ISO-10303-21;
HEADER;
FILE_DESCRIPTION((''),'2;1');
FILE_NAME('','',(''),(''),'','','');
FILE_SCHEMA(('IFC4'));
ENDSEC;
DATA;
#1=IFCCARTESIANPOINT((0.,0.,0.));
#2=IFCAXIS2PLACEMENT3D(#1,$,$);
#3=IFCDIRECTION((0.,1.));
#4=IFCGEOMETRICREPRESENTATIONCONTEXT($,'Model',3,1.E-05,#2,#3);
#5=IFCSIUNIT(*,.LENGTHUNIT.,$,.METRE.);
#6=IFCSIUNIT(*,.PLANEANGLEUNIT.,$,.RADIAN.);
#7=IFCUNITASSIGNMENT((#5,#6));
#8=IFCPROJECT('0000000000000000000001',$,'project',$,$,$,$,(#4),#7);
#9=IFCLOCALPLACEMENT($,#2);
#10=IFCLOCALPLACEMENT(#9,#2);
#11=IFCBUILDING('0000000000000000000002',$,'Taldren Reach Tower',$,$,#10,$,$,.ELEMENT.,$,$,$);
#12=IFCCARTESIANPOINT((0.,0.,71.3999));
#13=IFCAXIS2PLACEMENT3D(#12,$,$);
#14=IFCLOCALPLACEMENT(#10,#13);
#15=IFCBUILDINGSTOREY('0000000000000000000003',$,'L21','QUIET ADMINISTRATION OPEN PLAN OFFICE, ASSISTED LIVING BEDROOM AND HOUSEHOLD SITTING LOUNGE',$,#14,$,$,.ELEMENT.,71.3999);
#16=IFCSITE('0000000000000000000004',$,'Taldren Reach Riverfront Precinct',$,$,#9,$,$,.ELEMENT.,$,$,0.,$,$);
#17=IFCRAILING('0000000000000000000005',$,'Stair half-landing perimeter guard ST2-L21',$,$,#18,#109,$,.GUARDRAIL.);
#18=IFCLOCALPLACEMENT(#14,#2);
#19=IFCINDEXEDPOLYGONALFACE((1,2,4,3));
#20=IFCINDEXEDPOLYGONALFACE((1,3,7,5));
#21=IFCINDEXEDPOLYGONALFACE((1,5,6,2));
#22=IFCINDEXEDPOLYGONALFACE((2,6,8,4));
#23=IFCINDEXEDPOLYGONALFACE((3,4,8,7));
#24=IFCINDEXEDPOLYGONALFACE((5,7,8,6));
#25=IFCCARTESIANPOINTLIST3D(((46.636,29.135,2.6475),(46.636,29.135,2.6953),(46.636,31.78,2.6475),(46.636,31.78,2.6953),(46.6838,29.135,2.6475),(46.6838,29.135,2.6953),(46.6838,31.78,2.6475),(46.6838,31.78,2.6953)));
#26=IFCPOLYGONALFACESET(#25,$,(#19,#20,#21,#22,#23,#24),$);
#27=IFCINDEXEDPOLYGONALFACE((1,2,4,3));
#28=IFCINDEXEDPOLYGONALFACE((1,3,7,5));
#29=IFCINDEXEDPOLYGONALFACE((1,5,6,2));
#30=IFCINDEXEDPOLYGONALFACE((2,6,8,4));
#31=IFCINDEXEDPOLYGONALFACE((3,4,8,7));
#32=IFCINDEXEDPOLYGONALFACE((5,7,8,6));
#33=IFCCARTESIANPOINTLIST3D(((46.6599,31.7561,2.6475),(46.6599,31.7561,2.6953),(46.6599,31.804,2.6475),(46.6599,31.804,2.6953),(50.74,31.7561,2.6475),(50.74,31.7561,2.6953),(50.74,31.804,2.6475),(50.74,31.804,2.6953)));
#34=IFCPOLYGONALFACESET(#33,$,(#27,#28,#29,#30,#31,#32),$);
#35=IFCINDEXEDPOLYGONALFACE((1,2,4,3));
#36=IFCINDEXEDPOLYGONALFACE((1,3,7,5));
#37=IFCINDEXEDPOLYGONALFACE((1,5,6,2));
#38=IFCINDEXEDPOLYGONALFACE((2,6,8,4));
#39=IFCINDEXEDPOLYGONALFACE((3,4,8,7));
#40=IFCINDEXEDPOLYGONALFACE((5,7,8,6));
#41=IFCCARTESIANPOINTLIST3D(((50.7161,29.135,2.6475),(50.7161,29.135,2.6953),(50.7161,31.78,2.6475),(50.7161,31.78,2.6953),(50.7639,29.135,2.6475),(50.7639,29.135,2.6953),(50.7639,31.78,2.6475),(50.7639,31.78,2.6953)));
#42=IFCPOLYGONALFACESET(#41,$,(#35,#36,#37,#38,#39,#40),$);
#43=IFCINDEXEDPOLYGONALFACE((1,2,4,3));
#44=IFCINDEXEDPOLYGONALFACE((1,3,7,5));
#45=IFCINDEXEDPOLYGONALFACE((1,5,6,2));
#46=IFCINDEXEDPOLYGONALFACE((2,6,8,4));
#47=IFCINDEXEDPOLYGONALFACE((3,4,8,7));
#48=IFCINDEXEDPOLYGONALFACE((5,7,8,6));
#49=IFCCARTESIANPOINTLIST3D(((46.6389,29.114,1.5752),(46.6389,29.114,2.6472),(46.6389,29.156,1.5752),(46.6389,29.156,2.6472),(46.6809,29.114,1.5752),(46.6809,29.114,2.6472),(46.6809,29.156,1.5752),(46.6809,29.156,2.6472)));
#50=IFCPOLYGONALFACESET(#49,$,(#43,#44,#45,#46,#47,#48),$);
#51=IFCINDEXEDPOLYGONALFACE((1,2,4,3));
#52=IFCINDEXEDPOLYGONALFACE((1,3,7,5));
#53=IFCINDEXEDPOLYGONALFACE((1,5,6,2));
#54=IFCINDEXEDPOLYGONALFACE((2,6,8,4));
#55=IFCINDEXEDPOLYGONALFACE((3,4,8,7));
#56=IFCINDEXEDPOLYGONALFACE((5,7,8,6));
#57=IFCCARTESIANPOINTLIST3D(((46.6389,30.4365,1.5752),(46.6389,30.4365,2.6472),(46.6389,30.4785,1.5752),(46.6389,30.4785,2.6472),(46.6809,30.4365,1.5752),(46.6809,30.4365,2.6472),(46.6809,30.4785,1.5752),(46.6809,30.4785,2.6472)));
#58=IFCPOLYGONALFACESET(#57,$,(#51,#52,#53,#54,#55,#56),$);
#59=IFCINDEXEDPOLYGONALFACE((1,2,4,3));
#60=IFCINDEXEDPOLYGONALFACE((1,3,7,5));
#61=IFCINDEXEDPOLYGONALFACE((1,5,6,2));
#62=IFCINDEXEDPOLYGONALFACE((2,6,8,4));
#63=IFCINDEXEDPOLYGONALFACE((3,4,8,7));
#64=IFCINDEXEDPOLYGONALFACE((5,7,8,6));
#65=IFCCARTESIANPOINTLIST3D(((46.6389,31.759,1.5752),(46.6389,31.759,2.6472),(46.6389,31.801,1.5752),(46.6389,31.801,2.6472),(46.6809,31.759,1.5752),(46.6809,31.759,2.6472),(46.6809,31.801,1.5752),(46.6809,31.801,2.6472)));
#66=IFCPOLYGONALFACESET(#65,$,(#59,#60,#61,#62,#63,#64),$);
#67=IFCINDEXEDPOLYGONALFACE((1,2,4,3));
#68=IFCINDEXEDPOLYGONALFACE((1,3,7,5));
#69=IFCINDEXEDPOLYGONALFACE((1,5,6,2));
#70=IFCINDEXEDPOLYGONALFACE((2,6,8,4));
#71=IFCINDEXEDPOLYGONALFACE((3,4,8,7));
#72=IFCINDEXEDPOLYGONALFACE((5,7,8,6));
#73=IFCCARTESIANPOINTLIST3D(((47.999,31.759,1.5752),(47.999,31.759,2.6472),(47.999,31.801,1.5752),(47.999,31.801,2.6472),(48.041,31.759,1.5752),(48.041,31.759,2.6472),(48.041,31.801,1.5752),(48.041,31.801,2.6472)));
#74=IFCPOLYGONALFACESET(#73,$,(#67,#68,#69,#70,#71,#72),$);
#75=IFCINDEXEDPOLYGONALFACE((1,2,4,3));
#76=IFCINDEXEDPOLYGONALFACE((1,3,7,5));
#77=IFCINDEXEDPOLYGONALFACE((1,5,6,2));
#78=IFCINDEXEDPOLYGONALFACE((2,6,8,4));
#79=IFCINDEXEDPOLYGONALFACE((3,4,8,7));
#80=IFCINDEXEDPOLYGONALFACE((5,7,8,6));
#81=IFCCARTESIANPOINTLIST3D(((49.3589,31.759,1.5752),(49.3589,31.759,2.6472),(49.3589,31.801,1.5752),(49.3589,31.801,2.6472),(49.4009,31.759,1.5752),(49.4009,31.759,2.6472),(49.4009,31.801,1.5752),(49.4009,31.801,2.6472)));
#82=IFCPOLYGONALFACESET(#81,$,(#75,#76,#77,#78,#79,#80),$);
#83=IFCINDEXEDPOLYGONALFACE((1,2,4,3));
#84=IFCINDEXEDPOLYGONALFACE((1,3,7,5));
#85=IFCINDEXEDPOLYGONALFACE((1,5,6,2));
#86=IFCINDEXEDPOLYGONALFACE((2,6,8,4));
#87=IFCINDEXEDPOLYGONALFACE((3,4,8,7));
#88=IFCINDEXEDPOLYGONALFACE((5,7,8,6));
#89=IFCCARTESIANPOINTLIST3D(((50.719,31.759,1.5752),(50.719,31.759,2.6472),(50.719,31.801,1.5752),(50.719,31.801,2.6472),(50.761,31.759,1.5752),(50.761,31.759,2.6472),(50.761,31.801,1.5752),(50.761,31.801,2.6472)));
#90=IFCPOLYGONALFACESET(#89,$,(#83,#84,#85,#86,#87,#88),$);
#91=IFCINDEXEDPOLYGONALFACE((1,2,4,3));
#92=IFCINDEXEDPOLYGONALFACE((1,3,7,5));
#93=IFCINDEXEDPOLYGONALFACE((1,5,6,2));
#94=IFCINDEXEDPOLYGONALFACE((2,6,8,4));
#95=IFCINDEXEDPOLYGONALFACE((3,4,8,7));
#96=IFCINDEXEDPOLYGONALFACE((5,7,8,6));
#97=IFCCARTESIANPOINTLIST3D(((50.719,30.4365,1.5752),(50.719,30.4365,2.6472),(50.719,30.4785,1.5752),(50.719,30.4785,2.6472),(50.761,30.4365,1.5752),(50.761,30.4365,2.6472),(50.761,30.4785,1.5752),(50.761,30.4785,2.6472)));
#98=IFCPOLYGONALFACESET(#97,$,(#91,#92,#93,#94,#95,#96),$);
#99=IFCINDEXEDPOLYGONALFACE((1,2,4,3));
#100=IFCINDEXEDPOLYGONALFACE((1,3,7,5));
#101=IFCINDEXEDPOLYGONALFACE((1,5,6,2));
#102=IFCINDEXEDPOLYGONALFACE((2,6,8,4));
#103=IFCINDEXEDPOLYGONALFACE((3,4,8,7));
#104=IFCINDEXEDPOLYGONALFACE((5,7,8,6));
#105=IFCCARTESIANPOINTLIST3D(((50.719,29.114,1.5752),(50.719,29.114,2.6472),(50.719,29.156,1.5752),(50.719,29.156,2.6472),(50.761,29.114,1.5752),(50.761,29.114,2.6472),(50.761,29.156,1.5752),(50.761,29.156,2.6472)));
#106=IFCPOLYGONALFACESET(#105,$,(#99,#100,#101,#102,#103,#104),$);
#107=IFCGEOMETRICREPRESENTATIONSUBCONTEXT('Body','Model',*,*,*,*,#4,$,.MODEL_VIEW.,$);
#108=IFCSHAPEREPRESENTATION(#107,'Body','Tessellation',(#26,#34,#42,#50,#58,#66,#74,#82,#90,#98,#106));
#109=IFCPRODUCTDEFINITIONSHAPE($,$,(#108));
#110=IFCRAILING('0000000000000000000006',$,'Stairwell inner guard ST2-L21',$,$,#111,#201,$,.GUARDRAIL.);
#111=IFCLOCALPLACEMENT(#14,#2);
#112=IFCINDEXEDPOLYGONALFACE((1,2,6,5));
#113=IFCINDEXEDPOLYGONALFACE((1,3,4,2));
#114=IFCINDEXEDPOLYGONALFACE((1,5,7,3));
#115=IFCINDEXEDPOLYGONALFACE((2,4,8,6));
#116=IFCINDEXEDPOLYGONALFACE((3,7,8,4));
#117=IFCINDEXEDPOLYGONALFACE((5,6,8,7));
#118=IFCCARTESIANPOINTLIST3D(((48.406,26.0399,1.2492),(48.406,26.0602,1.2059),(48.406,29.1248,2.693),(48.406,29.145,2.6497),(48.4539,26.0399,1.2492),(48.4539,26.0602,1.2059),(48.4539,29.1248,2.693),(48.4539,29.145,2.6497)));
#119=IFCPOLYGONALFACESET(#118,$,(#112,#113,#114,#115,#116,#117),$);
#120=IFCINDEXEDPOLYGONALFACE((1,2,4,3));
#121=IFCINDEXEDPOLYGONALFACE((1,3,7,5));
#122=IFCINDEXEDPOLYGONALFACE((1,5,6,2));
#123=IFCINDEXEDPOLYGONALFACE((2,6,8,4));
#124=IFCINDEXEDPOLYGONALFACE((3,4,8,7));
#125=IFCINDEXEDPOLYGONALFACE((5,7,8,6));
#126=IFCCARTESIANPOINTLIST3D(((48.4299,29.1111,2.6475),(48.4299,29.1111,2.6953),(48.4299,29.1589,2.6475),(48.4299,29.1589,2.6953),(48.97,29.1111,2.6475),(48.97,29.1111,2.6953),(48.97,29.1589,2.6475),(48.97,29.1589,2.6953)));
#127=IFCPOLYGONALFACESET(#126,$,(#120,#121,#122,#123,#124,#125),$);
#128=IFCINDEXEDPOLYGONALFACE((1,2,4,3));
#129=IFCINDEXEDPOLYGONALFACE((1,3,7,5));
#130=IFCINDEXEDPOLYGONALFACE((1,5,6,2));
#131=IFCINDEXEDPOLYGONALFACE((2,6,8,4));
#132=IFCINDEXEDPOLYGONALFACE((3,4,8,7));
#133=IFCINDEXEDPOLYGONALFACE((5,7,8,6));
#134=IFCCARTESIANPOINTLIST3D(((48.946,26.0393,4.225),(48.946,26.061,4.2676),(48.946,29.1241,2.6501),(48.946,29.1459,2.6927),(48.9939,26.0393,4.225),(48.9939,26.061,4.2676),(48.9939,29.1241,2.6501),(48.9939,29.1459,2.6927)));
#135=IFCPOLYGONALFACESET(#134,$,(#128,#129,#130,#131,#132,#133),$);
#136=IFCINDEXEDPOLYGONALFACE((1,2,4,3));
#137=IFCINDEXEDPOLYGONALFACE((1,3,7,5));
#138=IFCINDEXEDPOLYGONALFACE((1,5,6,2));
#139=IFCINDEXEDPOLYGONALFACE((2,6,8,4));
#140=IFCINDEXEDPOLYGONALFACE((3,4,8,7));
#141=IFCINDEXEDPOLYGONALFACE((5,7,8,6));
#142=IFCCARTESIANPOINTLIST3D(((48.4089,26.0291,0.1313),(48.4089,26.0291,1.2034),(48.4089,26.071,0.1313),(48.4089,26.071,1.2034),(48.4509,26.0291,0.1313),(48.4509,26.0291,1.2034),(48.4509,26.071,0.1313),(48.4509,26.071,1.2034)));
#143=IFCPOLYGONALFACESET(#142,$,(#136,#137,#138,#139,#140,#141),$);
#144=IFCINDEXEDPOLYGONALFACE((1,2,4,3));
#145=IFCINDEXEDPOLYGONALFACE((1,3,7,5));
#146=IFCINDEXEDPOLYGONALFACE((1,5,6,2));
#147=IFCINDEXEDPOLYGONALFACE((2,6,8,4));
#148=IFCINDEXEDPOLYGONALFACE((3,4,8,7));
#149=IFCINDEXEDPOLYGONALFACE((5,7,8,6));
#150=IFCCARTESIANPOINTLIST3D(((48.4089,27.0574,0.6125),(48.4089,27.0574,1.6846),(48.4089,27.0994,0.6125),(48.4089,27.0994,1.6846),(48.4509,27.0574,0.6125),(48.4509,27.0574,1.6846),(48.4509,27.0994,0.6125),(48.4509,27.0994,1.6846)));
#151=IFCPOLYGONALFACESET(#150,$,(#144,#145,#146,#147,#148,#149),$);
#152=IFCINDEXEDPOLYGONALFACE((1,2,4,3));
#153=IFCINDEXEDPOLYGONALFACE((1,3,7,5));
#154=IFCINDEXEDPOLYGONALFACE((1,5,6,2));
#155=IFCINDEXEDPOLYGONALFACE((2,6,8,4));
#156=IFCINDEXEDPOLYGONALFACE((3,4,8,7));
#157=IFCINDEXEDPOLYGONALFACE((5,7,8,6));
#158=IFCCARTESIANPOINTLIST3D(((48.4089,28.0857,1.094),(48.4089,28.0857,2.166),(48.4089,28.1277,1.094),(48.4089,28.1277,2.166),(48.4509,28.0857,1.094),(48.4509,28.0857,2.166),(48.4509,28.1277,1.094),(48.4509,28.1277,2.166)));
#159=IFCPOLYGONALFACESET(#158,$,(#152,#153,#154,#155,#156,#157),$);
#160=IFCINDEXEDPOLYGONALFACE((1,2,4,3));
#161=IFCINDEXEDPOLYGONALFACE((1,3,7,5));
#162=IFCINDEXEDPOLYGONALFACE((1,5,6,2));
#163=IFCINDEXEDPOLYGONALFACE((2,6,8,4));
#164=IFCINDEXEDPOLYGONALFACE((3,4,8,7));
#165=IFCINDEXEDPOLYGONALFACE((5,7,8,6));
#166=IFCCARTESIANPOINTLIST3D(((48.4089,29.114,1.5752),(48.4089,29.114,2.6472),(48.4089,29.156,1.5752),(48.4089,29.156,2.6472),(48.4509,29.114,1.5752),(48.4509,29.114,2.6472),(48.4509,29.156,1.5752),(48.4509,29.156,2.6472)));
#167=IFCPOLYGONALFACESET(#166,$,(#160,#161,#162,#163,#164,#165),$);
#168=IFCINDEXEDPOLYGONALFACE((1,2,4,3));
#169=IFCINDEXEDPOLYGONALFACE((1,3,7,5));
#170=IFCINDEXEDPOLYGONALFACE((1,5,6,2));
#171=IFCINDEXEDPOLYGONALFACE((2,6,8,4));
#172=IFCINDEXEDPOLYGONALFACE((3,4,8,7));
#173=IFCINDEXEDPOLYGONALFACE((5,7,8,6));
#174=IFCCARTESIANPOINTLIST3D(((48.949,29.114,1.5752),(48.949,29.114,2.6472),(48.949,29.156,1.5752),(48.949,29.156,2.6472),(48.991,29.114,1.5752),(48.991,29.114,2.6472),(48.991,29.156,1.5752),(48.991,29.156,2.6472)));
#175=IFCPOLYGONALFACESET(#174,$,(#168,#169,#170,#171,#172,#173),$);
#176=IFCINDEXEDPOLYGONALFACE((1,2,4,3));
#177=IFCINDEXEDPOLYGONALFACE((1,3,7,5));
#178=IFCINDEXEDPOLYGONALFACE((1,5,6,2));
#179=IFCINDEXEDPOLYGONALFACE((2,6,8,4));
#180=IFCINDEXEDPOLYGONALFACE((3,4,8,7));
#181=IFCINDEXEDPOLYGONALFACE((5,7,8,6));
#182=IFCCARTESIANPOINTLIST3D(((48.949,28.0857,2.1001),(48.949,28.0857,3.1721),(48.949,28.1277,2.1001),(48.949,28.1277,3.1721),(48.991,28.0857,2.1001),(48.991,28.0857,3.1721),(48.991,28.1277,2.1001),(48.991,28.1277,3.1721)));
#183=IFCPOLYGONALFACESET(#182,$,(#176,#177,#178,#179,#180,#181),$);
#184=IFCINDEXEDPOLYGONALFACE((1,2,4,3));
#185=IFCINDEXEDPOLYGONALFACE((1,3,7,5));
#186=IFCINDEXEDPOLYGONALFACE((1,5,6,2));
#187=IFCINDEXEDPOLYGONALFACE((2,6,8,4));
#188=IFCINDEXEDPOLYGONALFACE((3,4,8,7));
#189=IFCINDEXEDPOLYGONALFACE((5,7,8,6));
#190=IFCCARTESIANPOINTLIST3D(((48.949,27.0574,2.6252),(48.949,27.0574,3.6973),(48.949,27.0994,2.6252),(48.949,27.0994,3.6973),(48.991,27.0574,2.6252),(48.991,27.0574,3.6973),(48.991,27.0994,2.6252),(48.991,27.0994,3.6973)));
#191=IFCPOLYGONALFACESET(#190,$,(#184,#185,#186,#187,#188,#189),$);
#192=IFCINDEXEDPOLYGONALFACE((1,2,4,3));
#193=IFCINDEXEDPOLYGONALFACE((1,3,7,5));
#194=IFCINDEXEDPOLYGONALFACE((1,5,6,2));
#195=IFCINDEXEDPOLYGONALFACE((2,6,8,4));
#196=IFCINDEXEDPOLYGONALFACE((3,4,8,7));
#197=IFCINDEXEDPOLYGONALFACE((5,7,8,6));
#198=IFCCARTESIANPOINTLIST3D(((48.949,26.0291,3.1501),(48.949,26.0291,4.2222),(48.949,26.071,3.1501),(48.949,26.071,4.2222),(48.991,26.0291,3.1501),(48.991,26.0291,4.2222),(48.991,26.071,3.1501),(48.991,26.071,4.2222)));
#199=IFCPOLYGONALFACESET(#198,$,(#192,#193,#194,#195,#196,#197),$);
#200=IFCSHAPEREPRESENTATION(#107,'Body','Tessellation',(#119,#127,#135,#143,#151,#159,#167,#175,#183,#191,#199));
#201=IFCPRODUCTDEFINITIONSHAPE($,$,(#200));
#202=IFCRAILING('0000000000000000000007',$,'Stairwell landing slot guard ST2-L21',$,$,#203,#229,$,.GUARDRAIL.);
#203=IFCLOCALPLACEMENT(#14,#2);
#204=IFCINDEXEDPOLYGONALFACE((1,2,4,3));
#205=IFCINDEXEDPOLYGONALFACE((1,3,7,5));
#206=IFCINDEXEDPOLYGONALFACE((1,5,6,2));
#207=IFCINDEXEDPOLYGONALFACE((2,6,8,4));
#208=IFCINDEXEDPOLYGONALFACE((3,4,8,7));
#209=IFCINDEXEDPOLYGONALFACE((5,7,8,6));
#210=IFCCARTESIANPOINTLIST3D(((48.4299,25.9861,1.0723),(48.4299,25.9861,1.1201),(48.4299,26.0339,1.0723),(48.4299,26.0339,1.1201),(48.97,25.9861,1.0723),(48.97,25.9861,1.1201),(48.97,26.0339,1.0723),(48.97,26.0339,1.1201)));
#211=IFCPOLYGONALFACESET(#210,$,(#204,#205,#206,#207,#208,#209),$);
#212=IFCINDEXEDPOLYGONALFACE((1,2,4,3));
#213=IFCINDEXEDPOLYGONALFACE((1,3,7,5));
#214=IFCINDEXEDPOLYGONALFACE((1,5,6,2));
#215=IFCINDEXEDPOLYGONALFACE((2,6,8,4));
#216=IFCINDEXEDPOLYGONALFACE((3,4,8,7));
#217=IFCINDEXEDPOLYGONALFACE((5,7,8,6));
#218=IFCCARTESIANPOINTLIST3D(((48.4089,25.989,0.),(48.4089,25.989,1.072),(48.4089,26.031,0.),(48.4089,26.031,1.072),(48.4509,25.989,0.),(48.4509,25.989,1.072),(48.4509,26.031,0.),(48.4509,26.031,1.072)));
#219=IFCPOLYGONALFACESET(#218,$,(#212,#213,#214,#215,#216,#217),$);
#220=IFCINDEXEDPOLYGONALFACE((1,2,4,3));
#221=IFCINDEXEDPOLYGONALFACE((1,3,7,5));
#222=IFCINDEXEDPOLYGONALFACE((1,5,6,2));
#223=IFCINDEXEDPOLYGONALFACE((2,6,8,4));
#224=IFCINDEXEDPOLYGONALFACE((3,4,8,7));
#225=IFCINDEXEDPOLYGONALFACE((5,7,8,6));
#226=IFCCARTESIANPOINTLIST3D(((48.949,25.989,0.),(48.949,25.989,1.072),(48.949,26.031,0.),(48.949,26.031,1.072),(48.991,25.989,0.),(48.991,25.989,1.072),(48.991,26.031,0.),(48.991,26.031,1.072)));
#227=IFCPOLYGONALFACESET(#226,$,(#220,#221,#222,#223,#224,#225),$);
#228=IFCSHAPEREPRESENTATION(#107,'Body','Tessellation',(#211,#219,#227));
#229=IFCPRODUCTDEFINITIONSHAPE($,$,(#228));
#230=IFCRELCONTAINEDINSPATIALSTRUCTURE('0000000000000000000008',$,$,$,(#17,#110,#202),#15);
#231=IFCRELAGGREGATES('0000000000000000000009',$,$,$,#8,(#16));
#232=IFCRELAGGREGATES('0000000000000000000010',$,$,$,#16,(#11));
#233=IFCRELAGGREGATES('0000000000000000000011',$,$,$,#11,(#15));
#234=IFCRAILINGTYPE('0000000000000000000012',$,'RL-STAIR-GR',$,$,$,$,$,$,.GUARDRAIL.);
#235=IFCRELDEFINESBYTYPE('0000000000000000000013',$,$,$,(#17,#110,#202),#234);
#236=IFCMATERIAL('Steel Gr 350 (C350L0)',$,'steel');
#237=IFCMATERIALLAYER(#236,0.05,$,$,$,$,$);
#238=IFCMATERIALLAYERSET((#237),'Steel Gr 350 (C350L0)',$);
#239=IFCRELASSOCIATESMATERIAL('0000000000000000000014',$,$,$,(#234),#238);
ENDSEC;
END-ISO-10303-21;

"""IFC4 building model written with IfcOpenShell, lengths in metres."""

from ifc_helpers import new_model, si_unit, direction, frame, origin, origin_2d, place, context, subcontext, project, spatial, rectangle, extrude, material, layer, layer_set, type_object, element, save


model = new_model("IFC4")

# Units and contexts
model_context = context("Model", 3, precision=1e-05, world=origin(), true_north=direction((0.0, 1.0)))
body_context = subcontext(model_context, "Body", "Model", "MODEL_VIEW")
ifc_project = project(units=[si_unit("LENGTHUNIT", "METRE"), si_unit("PLANEANGLEUNIT", "RADIAN")], contexts=[model_context])

# Site, building, storey
site_placement = place(None, origin())
site = spatial("IfcSite", under=ifc_project, at=site_placement, Name="Taldren Reach Riverfront Precinct", CompositionType="ELEMENT", RefElevation=0.0)
building_placement = place(site_placement, origin())
building = spatial("IfcBuilding", under=site, at=building_placement, Name="Taldren Reach Tower", CompositionType="ELEMENT")
storey_placement = place(building_placement, frame((0.0, 0.0, 71.3999)))
storey = spatial("IfcBuildingStorey", under=building, at=storey_placement, Name="L21", Description="QUIET ADMINISTRATION OPEN PLAN OFFICE, ASSISTED LIVING BEDROOM AND HOUSEHOLD SITTING LOUNGE", CompositionType="ELEMENT", Elevation=71.3999)

# Shared definitions
ifc_material_1 = material(Name="Steel Gr 350 (C350L0)", Category="steel")

# Railings
ifc_layer_1 = layer(ifc_material_1, 0.05)
ifc_layer_set_1 = layer_set([ifc_layer_1], Name="Steel Gr 350 (C350L0)")
railing_type_1 = type_object("IfcRailingType", Name="RL-STAIR-GR", PredefinedType="GUARDRAIL", material=ifc_layer_set_1)
railing_1_placement = place(storey_placement, frame((46.6599, 29.135, 1.5752)))
element("IfcRailing", 1, at=railing_1_placement, inside=storey, type_object=railing_type_1, Name="Stair half-landing perimeter guard ST2-L21", PredefinedType="GUARDRAIL", context=body_context, shape_type="SweptSolid", body=[
    extrude(rectangle(XDim=0.0479, YDim=0.0479, at=origin_2d()), frame((0.0, 0.0, 1.0962), z_axis=(0.0, 1.0, 0.0), x_axis=(-1.0, 0.0, 0.0)), (0.0, 0.0, 1.0), 2.645),
    extrude(rectangle(XDim=0.0479, YDim=0.0479, at=origin_2d()), frame((0.0, 2.645, 1.0962), z_axis=(1.0, 0.0, 0.0), x_axis=(0.0, 1.0, 0.0)), (0.0, 0.0, 1.0), 4.0801),
    extrude(rectangle(XDim=0.0479, YDim=0.0479, at=origin_2d()), frame((4.0801, 2.645, 1.0962), z_axis=(0.0, -1.0, 0.0), x_axis=(1.0, 0.0, 0.0)), (0.0, 0.0, 1.0), 2.645),
    extrude(rectangle(XDim=0.042, YDim=0.042, at=origin_2d()), origin(), (0.0, 0.0, 1.0), 1.072),
    extrude(rectangle(XDim=0.042, YDim=0.042, at=origin_2d()), frame((0.0, 1.3225, 0.0)), (0.0, 0.0, 1.0), 1.072),
    extrude(rectangle(XDim=0.042, YDim=0.042, at=origin_2d()), frame((0.0, 2.645, 0.0)), (0.0, 0.0, 1.0), 1.072),
    extrude(rectangle(XDim=0.042, YDim=0.042, at=origin_2d()), frame((1.3601, 2.645, 0.0)), (0.0, 0.0, 1.0), 1.072),
    extrude(rectangle(XDim=0.042, YDim=0.042, at=origin_2d()), frame((2.72, 2.645, 0.0)), (0.0, 0.0, 1.0), 1.072),
    extrude(rectangle(XDim=0.042, YDim=0.042, at=origin_2d()), frame((4.0801, 2.645, 0.0)), (0.0, 0.0, 1.0), 1.072),
    extrude(rectangle(XDim=0.042, YDim=0.042, at=origin_2d()), frame((4.0801, 1.3225, 0.0)), (0.0, 0.0, 1.0), 1.072),
    extrude(rectangle(XDim=0.042, YDim=0.042, at=origin_2d()), frame((4.0801, 0.0, 0.0)), (0.0, 0.0, 1.0), 1.072),
])
railing_2_placement = place(storey_placement, frame((48.4299, 26.05, 0.1313)))
element("IfcRailing", 2, at=railing_2_placement, inside=storey, type_object=railing_type_1, Name="Stairwell inner guard ST2-L21", PredefinedType="GUARDRAIL", context=body_context, shape_type="SweptSolid", body=[
    extrude(rectangle(XDim=0.0479, YDim=0.0479, at=origin_2d()), frame((0.0, 0.0, 1.0962), z_axis=(0.0, 0.90571, 0.423898), x_axis=(-1.0, 0.0, 0.0)), (0.0, 0.0, 1.0), 3.406),
    extrude(rectangle(XDim=0.0479, YDim=0.0479, at=origin_2d()), frame((0.0, 3.085, 2.54), z_axis=(1.0, 0.0, 0.0), x_axis=(0.0, 1.0, 0.0)), (0.0, 0.0, 1.0), 0.54),
    extrude(rectangle(XDim=0.0479, YDim=0.0479, at=origin_2d()), frame((0.54, 3.085, 2.54), z_axis=(0.0, -0.890646, 0.454697), x_axis=(1.0, 0.0, 0.0)), (0.0, 0.0, 1.0), 3.4636),
    extrude(rectangle(XDim=0.042, YDim=0.042, at=origin_2d()), origin(), (0.0, 0.0, 1.0), 1.072),
    extrude(rectangle(XDim=0.042, YDim=0.042, at=origin_2d()), frame((0.0, 1.0283, 0.4812)), (0.0, 0.0, 1.0), 1.072),
    extrude(rectangle(XDim=0.042, YDim=0.042, at=origin_2d()), frame((0.0, 2.0566, 0.9626)), (0.0, 0.0, 1.0), 1.072),
    extrude(rectangle(XDim=0.042, YDim=0.042, at=origin_2d()), frame((0.0, 3.085, 1.4438)), (0.0, 0.0, 1.0), 1.072),
    extrude(rectangle(XDim=0.042, YDim=0.042, at=origin_2d()), frame((0.54, 3.085, 1.4438)), (0.0, 0.0, 1.0), 1.072),
    extrude(rectangle(XDim=0.042, YDim=0.042, at=origin_2d()), frame((0.54, 2.0566, 1.9688)), (0.0, 0.0, 1.0), 1.072),
    extrude(rectangle(XDim=0.042, YDim=0.042, at=origin_2d()), frame((0.54, 1.0283, 2.4939)), (0.0, 0.0, 1.0), 1.072),
    extrude(rectangle(XDim=0.042, YDim=0.042, at=origin_2d()), frame((0.54, 0.0, 3.0188)), (0.0, 0.0, 1.0), 1.072),
])
railing_3_placement = place(storey_placement, frame((48.4299, 26.01, 0.0)))
element("IfcRailing", 3, at=railing_3_placement, inside=storey, type_object=railing_type_1, Name="Stairwell landing slot guard ST2-L21", PredefinedType="GUARDRAIL", context=body_context, shape_type="SweptSolid", body=[
    extrude(rectangle(XDim=0.0479, YDim=0.0479, at=origin_2d()), frame((0.0, 0.0, 1.0962), z_axis=(1.0, 0.0, 0.0), x_axis=(0.0, 1.0, 0.0)), (0.0, 0.0, 1.0), 0.54),
    extrude(rectangle(XDim=0.042, YDim=0.042, at=origin_2d()), origin(), (0.0, 0.0, 1.0), 1.072),
    extrude(rectangle(XDim=0.042, YDim=0.042, at=origin_2d()), frame((0.54, 0.0, 0.0)), (0.0, 0.0, 1.0), 1.072),
])

save(model, "model.ifc")
